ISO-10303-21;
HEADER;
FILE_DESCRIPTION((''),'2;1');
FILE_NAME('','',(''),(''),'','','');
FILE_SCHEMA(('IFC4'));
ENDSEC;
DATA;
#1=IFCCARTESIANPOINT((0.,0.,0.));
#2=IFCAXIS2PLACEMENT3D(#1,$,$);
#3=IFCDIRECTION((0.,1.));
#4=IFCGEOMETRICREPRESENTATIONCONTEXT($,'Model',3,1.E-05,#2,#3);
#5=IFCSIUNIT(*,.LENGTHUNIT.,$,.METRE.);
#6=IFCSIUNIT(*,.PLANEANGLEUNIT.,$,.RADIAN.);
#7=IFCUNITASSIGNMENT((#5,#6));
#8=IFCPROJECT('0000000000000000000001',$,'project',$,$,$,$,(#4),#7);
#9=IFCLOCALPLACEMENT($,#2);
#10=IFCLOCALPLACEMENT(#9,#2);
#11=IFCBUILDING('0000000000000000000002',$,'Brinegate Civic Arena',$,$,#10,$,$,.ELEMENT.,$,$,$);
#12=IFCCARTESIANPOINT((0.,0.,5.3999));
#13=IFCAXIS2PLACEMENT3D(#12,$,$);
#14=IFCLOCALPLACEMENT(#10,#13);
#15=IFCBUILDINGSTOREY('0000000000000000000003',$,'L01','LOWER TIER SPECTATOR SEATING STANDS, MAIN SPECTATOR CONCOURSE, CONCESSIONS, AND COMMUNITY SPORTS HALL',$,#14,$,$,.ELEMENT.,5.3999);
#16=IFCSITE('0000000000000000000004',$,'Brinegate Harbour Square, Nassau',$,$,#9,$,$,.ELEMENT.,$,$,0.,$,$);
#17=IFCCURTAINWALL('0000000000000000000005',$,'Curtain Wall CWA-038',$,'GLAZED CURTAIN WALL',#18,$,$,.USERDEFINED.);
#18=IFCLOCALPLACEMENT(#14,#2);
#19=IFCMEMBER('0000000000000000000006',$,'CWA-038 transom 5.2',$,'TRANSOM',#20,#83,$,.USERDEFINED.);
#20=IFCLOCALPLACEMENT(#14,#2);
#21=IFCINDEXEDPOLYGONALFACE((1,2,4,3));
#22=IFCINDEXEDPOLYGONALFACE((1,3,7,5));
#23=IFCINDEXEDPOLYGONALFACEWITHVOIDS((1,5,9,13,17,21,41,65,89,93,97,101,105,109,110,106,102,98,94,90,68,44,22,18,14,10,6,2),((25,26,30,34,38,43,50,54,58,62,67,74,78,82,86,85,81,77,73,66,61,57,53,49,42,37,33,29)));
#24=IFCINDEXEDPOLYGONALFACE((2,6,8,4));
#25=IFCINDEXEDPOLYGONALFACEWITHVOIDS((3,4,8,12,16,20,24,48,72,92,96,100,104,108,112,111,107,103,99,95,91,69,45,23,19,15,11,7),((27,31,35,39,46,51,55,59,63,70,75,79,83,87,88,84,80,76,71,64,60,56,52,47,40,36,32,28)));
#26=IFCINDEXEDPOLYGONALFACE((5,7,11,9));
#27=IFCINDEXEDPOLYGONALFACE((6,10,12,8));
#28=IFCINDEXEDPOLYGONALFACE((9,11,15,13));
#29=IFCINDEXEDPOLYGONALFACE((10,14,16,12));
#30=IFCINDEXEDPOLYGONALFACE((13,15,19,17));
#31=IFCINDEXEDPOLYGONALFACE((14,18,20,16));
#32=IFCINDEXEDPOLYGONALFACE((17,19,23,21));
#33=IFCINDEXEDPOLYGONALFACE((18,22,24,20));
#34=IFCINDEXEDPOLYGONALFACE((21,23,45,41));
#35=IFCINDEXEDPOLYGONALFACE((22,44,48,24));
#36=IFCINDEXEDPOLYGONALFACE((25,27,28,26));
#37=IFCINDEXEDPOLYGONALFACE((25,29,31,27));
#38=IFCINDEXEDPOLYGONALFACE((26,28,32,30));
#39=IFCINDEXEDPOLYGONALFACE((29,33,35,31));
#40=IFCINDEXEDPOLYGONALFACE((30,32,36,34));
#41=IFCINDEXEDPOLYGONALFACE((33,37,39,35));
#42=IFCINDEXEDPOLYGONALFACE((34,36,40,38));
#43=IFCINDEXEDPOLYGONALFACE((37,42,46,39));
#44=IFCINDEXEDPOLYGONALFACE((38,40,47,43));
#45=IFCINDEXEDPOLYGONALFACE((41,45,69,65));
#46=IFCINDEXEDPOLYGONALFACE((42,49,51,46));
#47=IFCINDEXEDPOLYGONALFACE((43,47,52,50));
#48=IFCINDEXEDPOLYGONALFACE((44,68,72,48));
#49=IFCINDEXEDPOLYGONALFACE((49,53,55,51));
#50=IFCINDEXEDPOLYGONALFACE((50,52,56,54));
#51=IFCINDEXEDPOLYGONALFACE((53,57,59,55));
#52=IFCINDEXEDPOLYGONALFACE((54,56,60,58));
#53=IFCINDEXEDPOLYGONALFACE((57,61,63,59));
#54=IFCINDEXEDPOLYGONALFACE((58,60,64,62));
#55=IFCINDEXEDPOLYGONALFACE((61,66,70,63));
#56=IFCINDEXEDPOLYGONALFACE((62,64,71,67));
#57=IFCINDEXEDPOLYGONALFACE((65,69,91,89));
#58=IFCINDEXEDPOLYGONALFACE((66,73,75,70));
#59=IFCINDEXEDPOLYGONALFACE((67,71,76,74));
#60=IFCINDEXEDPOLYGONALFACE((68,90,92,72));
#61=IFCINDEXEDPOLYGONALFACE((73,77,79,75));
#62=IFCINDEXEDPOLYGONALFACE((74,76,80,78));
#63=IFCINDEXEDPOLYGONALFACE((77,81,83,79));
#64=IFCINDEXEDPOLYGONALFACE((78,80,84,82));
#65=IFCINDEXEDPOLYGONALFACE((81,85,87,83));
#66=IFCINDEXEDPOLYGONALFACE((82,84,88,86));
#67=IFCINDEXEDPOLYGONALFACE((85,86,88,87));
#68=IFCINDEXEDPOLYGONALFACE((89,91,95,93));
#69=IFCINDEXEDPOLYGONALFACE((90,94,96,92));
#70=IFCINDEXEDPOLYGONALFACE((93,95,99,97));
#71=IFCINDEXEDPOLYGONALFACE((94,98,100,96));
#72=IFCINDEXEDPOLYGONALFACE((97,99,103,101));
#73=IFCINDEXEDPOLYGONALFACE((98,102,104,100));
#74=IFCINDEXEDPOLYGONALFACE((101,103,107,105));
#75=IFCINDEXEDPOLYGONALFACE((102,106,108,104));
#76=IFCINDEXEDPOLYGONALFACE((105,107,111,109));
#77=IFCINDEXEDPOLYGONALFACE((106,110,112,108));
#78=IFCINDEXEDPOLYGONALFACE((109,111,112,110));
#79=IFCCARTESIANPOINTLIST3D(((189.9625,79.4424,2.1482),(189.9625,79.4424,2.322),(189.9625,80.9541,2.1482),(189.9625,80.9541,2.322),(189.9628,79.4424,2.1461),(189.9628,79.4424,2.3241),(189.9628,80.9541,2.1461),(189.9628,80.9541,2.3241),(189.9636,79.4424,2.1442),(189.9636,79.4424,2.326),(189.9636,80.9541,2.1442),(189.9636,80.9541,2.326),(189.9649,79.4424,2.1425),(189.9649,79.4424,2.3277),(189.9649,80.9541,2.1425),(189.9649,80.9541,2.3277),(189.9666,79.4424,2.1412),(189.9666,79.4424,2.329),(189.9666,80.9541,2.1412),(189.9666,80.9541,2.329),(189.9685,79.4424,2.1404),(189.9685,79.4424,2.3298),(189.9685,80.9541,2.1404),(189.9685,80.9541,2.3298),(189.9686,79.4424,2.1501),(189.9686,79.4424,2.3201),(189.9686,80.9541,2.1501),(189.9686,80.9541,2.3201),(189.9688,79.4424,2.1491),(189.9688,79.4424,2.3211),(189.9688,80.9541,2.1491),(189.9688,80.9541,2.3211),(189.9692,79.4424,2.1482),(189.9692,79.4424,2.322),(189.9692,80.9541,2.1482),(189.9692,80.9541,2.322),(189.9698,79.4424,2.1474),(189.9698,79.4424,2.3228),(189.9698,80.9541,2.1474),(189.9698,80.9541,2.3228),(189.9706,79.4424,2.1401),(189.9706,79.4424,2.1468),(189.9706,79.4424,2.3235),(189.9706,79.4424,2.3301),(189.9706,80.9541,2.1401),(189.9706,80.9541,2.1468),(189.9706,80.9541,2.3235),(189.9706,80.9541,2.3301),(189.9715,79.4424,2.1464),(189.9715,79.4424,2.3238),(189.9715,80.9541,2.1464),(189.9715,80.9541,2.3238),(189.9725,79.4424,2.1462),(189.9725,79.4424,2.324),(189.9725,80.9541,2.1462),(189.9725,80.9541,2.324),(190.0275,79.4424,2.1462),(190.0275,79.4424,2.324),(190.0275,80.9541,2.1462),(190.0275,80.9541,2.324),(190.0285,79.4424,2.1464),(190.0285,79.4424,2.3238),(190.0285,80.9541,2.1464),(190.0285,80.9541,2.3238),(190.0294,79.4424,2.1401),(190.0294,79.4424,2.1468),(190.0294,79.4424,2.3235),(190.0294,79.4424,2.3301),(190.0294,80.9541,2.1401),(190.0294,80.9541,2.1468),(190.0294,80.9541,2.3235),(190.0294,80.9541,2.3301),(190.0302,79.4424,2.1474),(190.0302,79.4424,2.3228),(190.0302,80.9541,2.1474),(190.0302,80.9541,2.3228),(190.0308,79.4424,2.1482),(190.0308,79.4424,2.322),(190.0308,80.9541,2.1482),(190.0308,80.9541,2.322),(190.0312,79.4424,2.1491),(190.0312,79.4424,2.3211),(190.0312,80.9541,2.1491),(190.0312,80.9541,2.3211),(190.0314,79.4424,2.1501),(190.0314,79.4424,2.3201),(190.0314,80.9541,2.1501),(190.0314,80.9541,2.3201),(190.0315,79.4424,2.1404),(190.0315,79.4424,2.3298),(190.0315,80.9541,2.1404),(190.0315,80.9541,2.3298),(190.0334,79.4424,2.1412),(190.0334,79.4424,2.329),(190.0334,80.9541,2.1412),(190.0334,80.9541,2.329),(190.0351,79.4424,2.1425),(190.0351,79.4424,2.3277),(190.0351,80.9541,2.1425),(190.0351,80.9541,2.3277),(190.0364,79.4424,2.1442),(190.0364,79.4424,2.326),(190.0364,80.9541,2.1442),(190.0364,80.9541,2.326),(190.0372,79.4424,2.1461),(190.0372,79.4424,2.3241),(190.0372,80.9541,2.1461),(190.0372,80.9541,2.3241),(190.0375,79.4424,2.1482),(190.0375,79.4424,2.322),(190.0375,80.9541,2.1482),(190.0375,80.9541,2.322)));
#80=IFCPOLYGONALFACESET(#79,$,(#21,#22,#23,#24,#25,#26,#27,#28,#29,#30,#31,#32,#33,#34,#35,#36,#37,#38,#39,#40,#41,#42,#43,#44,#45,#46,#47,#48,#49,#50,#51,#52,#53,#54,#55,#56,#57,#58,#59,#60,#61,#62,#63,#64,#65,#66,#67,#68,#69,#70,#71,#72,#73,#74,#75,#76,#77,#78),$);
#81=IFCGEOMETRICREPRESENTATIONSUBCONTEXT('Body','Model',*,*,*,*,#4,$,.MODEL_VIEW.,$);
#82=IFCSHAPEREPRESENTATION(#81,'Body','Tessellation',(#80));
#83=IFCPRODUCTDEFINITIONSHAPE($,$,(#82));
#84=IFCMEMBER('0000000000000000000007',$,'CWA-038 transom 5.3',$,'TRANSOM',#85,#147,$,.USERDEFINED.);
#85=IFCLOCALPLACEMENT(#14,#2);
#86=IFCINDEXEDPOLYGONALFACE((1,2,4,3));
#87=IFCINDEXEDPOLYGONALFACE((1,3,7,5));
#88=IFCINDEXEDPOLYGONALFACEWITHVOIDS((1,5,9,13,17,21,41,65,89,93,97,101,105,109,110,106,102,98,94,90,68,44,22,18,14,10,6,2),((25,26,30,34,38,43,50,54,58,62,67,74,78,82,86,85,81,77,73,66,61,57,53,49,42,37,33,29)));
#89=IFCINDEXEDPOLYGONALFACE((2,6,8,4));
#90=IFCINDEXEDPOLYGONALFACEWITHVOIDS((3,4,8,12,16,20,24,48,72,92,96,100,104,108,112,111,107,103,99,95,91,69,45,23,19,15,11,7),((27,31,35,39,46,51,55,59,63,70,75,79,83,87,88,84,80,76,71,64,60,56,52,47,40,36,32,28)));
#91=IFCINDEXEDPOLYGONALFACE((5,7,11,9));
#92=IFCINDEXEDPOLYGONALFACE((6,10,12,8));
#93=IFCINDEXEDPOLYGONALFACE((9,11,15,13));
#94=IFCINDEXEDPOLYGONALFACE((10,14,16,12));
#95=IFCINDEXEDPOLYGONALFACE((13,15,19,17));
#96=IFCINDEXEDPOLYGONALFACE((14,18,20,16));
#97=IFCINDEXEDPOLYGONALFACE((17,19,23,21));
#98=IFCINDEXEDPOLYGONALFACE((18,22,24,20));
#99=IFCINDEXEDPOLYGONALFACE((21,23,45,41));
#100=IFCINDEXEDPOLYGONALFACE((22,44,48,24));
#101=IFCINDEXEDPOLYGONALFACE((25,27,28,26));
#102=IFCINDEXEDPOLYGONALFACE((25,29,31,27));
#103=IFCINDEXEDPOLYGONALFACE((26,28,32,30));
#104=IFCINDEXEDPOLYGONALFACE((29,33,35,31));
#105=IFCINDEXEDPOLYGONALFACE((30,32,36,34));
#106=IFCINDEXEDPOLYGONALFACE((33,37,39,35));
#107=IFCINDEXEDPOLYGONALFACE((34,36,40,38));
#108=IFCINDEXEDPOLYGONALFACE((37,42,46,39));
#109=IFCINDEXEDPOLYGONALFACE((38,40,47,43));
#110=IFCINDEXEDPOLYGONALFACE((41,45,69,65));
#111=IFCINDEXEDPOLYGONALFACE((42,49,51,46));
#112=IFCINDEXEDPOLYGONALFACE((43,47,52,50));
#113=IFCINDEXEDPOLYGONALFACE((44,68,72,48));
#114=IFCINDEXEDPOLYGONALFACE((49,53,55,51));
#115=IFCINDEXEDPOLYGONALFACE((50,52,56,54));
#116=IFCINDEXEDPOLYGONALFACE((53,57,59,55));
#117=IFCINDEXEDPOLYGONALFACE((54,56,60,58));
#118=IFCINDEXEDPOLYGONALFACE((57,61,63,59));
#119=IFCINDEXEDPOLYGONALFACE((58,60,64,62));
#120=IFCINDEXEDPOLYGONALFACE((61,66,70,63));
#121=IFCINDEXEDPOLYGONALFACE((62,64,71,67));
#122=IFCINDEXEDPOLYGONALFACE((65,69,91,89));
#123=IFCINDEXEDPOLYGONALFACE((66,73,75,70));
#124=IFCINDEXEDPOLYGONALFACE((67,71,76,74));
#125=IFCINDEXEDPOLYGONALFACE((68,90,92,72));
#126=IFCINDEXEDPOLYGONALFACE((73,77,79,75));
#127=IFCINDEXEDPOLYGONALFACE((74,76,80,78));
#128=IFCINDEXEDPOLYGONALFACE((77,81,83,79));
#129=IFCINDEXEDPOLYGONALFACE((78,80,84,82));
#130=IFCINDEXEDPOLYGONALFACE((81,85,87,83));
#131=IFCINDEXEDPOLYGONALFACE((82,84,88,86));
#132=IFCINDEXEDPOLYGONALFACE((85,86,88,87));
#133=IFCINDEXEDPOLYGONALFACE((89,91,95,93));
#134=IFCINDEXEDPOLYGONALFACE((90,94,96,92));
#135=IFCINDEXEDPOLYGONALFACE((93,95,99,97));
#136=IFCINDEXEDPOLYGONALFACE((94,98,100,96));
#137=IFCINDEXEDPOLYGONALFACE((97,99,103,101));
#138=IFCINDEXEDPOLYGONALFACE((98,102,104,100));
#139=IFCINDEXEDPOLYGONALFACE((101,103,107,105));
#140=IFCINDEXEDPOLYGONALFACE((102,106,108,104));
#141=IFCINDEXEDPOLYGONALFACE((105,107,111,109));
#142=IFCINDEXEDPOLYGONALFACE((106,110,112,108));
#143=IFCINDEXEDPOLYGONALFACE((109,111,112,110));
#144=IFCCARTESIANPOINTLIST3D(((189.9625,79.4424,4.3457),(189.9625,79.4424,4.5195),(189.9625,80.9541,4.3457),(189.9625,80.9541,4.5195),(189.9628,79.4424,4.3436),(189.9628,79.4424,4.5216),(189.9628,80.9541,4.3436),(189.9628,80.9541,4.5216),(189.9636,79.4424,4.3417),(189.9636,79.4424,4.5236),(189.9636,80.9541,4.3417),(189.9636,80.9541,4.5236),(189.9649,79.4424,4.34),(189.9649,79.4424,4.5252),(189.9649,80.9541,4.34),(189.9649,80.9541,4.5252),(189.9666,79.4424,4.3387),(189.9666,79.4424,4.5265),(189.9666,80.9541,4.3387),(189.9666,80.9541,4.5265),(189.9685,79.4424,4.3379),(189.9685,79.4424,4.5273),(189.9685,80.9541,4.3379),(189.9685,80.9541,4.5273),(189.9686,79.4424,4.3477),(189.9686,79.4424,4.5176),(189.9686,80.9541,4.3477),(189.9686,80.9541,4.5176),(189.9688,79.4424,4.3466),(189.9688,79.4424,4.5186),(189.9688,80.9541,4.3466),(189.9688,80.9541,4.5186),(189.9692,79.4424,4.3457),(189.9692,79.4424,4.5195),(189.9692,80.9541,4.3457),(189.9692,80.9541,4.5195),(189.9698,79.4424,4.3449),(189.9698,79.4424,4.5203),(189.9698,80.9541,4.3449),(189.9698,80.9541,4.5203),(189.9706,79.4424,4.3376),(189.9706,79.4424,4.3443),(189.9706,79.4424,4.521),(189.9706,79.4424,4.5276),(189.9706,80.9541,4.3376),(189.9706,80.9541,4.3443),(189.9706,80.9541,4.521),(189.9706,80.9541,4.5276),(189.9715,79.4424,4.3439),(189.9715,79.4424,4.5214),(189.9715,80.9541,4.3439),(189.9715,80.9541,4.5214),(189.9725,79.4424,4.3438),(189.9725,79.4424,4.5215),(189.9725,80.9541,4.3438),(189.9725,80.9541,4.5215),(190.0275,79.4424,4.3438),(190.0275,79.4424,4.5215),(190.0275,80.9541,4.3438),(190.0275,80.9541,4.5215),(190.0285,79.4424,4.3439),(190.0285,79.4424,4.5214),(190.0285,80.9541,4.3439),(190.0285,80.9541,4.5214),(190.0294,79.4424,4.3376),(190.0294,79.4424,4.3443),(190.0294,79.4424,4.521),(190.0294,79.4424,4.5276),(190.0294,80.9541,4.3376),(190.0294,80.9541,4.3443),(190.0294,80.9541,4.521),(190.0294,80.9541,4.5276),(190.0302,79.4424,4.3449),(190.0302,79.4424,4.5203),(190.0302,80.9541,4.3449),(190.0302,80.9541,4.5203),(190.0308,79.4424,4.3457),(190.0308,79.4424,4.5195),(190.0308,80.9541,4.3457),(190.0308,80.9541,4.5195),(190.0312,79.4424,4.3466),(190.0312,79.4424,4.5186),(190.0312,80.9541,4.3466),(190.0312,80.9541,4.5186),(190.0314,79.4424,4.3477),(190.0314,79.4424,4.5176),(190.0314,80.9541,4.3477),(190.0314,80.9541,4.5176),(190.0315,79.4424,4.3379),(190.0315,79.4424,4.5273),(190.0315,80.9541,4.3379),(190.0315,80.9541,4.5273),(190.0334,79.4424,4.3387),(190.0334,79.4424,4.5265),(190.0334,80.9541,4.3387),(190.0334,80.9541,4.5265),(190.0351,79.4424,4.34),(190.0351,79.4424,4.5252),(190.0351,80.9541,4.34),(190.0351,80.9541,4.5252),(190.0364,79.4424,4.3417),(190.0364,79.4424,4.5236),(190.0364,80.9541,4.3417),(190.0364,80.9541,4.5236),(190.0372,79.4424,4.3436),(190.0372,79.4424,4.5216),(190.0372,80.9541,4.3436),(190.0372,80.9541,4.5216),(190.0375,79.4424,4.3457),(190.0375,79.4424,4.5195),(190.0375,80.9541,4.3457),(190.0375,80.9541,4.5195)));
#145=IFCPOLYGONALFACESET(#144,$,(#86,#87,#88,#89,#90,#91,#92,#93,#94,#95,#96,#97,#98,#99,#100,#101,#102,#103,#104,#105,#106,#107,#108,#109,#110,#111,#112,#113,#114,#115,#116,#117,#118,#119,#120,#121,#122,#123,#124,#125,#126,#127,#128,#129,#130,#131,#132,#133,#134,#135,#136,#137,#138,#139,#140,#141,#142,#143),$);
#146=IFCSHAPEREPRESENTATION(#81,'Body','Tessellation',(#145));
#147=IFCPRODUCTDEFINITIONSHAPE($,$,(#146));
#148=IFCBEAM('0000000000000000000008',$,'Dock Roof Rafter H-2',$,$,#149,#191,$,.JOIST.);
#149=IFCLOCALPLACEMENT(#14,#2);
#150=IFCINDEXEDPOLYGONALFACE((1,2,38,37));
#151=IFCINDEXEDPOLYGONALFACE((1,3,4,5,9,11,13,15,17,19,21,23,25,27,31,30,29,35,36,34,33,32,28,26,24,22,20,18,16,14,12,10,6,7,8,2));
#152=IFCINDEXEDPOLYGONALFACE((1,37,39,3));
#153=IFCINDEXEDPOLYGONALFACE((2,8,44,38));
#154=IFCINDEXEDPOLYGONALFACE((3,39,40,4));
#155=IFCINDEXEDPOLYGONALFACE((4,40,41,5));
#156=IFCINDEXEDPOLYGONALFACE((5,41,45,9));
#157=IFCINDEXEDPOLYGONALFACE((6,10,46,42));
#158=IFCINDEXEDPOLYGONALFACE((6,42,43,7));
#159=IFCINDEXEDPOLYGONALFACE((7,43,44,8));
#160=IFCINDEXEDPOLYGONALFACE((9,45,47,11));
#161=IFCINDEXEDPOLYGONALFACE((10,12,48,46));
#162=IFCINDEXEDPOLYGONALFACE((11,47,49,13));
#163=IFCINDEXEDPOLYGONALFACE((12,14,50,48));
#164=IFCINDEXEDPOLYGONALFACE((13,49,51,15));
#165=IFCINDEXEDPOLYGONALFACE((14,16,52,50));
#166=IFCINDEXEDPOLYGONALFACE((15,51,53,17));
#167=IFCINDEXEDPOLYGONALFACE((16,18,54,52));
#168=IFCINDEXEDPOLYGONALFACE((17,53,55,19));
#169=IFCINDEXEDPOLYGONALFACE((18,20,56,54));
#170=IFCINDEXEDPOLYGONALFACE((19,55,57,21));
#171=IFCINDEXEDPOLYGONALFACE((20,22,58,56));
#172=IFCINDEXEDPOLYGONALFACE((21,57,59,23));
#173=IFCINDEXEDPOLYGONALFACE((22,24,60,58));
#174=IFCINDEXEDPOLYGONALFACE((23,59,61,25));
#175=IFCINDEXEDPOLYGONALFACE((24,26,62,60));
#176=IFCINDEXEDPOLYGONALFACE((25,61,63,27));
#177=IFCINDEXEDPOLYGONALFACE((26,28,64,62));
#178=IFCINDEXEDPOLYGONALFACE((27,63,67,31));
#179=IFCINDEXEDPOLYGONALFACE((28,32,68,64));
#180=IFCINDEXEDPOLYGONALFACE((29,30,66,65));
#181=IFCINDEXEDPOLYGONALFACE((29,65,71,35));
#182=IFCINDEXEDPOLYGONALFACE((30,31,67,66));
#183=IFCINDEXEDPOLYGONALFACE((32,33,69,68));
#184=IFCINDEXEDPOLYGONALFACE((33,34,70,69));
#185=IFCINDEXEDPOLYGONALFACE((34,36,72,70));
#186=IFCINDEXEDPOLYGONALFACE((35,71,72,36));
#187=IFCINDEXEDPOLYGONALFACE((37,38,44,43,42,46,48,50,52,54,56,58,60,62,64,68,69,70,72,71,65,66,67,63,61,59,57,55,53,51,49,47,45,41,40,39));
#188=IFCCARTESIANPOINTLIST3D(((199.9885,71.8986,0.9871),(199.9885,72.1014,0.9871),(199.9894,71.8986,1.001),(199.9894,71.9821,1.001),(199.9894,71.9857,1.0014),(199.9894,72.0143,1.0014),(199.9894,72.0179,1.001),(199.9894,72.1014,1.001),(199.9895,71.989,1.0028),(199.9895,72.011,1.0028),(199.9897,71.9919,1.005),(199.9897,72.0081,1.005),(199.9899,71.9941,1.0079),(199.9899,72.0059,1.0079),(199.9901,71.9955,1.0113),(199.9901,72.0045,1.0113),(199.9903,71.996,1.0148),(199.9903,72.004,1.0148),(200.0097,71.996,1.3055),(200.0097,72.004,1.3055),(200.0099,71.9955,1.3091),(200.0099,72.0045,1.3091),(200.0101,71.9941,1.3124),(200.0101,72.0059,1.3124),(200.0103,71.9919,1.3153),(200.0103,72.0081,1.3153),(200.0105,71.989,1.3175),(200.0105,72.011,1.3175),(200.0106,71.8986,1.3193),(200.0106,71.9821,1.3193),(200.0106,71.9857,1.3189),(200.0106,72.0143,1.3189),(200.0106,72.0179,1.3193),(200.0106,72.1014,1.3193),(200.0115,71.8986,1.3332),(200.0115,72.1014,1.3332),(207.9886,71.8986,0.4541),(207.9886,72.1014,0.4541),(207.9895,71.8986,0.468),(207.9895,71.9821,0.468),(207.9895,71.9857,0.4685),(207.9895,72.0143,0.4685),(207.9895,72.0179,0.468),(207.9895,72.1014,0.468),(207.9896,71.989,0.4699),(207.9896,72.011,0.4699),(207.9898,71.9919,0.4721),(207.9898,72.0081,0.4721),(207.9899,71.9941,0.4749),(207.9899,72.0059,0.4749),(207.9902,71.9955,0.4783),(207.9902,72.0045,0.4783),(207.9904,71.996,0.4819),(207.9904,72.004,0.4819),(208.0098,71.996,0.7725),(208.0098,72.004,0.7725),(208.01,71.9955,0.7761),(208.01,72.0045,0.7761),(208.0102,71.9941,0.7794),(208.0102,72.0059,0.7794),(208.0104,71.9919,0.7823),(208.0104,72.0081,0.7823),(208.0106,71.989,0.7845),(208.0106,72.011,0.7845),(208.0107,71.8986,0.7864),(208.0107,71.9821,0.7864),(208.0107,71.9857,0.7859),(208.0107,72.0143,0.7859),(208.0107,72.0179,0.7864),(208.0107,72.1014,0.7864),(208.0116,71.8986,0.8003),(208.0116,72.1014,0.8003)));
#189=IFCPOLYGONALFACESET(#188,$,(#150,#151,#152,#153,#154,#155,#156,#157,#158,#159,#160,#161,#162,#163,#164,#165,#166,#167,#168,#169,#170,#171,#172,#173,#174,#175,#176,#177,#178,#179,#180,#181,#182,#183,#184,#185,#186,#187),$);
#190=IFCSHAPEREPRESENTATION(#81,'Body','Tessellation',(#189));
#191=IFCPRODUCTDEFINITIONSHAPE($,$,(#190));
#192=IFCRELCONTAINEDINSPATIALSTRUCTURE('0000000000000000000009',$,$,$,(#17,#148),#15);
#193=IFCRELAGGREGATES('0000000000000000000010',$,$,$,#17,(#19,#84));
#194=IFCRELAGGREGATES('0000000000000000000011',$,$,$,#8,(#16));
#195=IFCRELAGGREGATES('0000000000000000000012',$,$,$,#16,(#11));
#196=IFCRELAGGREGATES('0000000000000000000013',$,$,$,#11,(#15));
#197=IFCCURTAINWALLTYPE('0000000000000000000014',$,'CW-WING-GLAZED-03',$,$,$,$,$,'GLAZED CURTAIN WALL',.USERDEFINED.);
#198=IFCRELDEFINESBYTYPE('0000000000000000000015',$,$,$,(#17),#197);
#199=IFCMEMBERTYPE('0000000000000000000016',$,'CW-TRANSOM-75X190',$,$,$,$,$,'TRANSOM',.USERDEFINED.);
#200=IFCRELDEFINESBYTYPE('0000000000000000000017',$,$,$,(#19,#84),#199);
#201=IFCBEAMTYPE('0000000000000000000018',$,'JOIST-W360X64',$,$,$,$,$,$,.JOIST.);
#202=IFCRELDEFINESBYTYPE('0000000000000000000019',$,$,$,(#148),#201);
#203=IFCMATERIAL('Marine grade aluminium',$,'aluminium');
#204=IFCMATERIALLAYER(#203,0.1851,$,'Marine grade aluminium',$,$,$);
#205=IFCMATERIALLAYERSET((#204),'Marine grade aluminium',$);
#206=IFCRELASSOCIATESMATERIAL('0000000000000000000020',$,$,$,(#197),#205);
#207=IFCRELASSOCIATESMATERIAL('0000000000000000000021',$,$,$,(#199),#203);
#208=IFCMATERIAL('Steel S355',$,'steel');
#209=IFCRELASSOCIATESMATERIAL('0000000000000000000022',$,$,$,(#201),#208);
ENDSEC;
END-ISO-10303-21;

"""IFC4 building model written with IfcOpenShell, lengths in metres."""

from ifc_helpers import new_model, si_unit, direction, frame, origin, origin_2d, place, context, subcontext, project, spatial, hollow_rectangle, i_section, extrude, material, layer, layer_set, material_profile, profile_set, type_object, element, aggregate, save


model = new_model("IFC4")

# Units and contexts
model_context = context("Model", 3, precision=1e-05, world=origin(), true_north=direction((0.0, 1.0)))
body_context = subcontext(model_context, "Body", "Model", "MODEL_VIEW")
ifc_project = project(units=[si_unit("LENGTHUNIT", "METRE"), si_unit("PLANEANGLEUNIT", "RADIAN")], contexts=[model_context])

# Site, building, storey
site_placement = place(None, origin())
site = spatial("IfcSite", under=ifc_project, at=site_placement, Name="Brinegate Harbour Square, Nassau", CompositionType="ELEMENT", RefElevation=0.0)
building_placement = place(site_placement, origin())
building = spatial("IfcBuilding", under=site, at=building_placement, Name="Brinegate Civic Arena", CompositionType="ELEMENT")
storey_placement = place(building_placement, frame((0.0, 0.0, 5.3999)))
storey = spatial("IfcBuildingStorey", under=building, at=storey_placement, Name="L01", Description="LOWER TIER SPECTATOR SEATING STANDS, MAIN SPECTATOR CONCOURSE, CONCESSIONS, AND COMMUNITY SPORTS HALL", CompositionType="ELEMENT", Elevation=5.3999)

# Shared definitions
ifc_material_1 = material(Name="Steel S355", Category="steel")

# Curtain wall, members
ifc_material_2 = material(Name="Marine grade aluminium", Category="aluminium")
ifc_layer_1 = layer(ifc_material_2, 0.1851, Name="Marine grade aluminium")
ifc_layer_set_1 = layer_set([ifc_layer_1], Name="Marine grade aluminium")
curtain_wall_type = type_object("IfcCurtainWallType", Name="CW-WING-GLAZED-03", ElementType="GLAZED CURTAIN WALL", PredefinedType="USERDEFINED", material=ifc_layer_set_1)
curtain_wall_placement = place(storey_placement, origin())
curtain_wall = element("IfcCurtainWall", 1, at=curtain_wall_placement, inside=storey, type_object=curtain_wall_type, Name="Curtain Wall CWA-038", ObjectType="GLAZED CURTAIN WALL", PredefinedType="USERDEFINED")
ifc_material_profile_1 = material_profile(ifc_material_2, hollow_rectangle(XDim=0.075, YDim=0.1899, WallThickness=0.0061, InnerFilletRadius=0.0039, OuterFilletRadius=0.0081, at=origin_2d()), Name="TRN75X190")
ifc_profile_set_1 = profile_set([ifc_material_profile_1], Name="Marine grade aluminium")
member_type_1 = type_object("IfcMemberType", Name="CW-TRANSOM-75X190", ElementType="TRANSOM", PredefinedType="USERDEFINED", material=ifc_profile_set_1)
member_1_placement = place(storey_placement, frame((190.0, 79.4424, 2.2351), z_axis=(0.0, 1.0, 0.0), x_axis=(-1.0, 0.0, 0.0)))
member_1 = element("IfcMember", 2, at=member_1_placement, type_object=member_type_1, Name="CWA-038 transom 5.2", ObjectType="TRANSOM", PredefinedType="USERDEFINED", context=body_context, shape_type="SweptSolid", body=[
    extrude(hollow_rectangle(XDim=0.075, YDim=0.1899, WallThickness=0.0061, InnerFilletRadius=0.0039, OuterFilletRadius=0.0081, at=origin_2d()), origin(), (0.0, 0.0, 1.0), 1.5117),
])
member_2_placement = place(storey_placement, frame((190.0, 79.4424, 4.4326), z_axis=(0.0, 1.0, 0.0), x_axis=(-1.0, 0.0, 0.0)))
member_2 = element("IfcMember", 3, at=member_2_placement, type_object=member_type_1, Name="CWA-038 transom 5.3", ObjectType="TRANSOM", PredefinedType="USERDEFINED", context=body_context, shape_type="SweptSolid", body=[
    extrude(hollow_rectangle(XDim=0.075, YDim=0.1899, WallThickness=0.0061, InnerFilletRadius=0.0039, OuterFilletRadius=0.0081, at=origin_2d()), origin(), (0.0, 0.0, 1.0), 1.5117),
])

# Beam
ifc_material_profile_2 = material_profile(ifc_material_1, i_section(OverallWidth=0.2029, OverallDepth=0.3469, WebThickness=0.0081, FlangeThickness=0.0139, FilletRadius=0.0139, at=origin_2d()), Name="W360X64")
ifc_profile_set_2 = profile_set([ifc_material_profile_2], Name="Steel S355")
beam_type = type_object("IfcBeamType", Name="JOIST-W360X64", PredefinedType="JOIST", material=ifc_profile_set_2)
beam_placement = place(storey_placement, frame((200.0, 72.0, 1.1602), z_axis=(0.997788, 0.0, -0.066473), x_axis=(0.0, 1.0, 0.0)))
element("IfcBeam", 4, at=beam_placement, inside=storey, type_object=beam_type, Name="Dock Roof Rafter H-2", PredefinedType="JOIST", context=body_context, shape_type="SweptSolid", body=[
    extrude(i_section(OverallWidth=0.2029, OverallDepth=0.3469, WebThickness=0.0081, FlangeThickness=0.0139, FilletRadius=0.0139, at=origin_2d()), origin(), (0.0, 0.0, 1.0), 8.0178),
])

aggregate(curtain_wall, [member_1, member_2])

save(model, "model.ifc")
